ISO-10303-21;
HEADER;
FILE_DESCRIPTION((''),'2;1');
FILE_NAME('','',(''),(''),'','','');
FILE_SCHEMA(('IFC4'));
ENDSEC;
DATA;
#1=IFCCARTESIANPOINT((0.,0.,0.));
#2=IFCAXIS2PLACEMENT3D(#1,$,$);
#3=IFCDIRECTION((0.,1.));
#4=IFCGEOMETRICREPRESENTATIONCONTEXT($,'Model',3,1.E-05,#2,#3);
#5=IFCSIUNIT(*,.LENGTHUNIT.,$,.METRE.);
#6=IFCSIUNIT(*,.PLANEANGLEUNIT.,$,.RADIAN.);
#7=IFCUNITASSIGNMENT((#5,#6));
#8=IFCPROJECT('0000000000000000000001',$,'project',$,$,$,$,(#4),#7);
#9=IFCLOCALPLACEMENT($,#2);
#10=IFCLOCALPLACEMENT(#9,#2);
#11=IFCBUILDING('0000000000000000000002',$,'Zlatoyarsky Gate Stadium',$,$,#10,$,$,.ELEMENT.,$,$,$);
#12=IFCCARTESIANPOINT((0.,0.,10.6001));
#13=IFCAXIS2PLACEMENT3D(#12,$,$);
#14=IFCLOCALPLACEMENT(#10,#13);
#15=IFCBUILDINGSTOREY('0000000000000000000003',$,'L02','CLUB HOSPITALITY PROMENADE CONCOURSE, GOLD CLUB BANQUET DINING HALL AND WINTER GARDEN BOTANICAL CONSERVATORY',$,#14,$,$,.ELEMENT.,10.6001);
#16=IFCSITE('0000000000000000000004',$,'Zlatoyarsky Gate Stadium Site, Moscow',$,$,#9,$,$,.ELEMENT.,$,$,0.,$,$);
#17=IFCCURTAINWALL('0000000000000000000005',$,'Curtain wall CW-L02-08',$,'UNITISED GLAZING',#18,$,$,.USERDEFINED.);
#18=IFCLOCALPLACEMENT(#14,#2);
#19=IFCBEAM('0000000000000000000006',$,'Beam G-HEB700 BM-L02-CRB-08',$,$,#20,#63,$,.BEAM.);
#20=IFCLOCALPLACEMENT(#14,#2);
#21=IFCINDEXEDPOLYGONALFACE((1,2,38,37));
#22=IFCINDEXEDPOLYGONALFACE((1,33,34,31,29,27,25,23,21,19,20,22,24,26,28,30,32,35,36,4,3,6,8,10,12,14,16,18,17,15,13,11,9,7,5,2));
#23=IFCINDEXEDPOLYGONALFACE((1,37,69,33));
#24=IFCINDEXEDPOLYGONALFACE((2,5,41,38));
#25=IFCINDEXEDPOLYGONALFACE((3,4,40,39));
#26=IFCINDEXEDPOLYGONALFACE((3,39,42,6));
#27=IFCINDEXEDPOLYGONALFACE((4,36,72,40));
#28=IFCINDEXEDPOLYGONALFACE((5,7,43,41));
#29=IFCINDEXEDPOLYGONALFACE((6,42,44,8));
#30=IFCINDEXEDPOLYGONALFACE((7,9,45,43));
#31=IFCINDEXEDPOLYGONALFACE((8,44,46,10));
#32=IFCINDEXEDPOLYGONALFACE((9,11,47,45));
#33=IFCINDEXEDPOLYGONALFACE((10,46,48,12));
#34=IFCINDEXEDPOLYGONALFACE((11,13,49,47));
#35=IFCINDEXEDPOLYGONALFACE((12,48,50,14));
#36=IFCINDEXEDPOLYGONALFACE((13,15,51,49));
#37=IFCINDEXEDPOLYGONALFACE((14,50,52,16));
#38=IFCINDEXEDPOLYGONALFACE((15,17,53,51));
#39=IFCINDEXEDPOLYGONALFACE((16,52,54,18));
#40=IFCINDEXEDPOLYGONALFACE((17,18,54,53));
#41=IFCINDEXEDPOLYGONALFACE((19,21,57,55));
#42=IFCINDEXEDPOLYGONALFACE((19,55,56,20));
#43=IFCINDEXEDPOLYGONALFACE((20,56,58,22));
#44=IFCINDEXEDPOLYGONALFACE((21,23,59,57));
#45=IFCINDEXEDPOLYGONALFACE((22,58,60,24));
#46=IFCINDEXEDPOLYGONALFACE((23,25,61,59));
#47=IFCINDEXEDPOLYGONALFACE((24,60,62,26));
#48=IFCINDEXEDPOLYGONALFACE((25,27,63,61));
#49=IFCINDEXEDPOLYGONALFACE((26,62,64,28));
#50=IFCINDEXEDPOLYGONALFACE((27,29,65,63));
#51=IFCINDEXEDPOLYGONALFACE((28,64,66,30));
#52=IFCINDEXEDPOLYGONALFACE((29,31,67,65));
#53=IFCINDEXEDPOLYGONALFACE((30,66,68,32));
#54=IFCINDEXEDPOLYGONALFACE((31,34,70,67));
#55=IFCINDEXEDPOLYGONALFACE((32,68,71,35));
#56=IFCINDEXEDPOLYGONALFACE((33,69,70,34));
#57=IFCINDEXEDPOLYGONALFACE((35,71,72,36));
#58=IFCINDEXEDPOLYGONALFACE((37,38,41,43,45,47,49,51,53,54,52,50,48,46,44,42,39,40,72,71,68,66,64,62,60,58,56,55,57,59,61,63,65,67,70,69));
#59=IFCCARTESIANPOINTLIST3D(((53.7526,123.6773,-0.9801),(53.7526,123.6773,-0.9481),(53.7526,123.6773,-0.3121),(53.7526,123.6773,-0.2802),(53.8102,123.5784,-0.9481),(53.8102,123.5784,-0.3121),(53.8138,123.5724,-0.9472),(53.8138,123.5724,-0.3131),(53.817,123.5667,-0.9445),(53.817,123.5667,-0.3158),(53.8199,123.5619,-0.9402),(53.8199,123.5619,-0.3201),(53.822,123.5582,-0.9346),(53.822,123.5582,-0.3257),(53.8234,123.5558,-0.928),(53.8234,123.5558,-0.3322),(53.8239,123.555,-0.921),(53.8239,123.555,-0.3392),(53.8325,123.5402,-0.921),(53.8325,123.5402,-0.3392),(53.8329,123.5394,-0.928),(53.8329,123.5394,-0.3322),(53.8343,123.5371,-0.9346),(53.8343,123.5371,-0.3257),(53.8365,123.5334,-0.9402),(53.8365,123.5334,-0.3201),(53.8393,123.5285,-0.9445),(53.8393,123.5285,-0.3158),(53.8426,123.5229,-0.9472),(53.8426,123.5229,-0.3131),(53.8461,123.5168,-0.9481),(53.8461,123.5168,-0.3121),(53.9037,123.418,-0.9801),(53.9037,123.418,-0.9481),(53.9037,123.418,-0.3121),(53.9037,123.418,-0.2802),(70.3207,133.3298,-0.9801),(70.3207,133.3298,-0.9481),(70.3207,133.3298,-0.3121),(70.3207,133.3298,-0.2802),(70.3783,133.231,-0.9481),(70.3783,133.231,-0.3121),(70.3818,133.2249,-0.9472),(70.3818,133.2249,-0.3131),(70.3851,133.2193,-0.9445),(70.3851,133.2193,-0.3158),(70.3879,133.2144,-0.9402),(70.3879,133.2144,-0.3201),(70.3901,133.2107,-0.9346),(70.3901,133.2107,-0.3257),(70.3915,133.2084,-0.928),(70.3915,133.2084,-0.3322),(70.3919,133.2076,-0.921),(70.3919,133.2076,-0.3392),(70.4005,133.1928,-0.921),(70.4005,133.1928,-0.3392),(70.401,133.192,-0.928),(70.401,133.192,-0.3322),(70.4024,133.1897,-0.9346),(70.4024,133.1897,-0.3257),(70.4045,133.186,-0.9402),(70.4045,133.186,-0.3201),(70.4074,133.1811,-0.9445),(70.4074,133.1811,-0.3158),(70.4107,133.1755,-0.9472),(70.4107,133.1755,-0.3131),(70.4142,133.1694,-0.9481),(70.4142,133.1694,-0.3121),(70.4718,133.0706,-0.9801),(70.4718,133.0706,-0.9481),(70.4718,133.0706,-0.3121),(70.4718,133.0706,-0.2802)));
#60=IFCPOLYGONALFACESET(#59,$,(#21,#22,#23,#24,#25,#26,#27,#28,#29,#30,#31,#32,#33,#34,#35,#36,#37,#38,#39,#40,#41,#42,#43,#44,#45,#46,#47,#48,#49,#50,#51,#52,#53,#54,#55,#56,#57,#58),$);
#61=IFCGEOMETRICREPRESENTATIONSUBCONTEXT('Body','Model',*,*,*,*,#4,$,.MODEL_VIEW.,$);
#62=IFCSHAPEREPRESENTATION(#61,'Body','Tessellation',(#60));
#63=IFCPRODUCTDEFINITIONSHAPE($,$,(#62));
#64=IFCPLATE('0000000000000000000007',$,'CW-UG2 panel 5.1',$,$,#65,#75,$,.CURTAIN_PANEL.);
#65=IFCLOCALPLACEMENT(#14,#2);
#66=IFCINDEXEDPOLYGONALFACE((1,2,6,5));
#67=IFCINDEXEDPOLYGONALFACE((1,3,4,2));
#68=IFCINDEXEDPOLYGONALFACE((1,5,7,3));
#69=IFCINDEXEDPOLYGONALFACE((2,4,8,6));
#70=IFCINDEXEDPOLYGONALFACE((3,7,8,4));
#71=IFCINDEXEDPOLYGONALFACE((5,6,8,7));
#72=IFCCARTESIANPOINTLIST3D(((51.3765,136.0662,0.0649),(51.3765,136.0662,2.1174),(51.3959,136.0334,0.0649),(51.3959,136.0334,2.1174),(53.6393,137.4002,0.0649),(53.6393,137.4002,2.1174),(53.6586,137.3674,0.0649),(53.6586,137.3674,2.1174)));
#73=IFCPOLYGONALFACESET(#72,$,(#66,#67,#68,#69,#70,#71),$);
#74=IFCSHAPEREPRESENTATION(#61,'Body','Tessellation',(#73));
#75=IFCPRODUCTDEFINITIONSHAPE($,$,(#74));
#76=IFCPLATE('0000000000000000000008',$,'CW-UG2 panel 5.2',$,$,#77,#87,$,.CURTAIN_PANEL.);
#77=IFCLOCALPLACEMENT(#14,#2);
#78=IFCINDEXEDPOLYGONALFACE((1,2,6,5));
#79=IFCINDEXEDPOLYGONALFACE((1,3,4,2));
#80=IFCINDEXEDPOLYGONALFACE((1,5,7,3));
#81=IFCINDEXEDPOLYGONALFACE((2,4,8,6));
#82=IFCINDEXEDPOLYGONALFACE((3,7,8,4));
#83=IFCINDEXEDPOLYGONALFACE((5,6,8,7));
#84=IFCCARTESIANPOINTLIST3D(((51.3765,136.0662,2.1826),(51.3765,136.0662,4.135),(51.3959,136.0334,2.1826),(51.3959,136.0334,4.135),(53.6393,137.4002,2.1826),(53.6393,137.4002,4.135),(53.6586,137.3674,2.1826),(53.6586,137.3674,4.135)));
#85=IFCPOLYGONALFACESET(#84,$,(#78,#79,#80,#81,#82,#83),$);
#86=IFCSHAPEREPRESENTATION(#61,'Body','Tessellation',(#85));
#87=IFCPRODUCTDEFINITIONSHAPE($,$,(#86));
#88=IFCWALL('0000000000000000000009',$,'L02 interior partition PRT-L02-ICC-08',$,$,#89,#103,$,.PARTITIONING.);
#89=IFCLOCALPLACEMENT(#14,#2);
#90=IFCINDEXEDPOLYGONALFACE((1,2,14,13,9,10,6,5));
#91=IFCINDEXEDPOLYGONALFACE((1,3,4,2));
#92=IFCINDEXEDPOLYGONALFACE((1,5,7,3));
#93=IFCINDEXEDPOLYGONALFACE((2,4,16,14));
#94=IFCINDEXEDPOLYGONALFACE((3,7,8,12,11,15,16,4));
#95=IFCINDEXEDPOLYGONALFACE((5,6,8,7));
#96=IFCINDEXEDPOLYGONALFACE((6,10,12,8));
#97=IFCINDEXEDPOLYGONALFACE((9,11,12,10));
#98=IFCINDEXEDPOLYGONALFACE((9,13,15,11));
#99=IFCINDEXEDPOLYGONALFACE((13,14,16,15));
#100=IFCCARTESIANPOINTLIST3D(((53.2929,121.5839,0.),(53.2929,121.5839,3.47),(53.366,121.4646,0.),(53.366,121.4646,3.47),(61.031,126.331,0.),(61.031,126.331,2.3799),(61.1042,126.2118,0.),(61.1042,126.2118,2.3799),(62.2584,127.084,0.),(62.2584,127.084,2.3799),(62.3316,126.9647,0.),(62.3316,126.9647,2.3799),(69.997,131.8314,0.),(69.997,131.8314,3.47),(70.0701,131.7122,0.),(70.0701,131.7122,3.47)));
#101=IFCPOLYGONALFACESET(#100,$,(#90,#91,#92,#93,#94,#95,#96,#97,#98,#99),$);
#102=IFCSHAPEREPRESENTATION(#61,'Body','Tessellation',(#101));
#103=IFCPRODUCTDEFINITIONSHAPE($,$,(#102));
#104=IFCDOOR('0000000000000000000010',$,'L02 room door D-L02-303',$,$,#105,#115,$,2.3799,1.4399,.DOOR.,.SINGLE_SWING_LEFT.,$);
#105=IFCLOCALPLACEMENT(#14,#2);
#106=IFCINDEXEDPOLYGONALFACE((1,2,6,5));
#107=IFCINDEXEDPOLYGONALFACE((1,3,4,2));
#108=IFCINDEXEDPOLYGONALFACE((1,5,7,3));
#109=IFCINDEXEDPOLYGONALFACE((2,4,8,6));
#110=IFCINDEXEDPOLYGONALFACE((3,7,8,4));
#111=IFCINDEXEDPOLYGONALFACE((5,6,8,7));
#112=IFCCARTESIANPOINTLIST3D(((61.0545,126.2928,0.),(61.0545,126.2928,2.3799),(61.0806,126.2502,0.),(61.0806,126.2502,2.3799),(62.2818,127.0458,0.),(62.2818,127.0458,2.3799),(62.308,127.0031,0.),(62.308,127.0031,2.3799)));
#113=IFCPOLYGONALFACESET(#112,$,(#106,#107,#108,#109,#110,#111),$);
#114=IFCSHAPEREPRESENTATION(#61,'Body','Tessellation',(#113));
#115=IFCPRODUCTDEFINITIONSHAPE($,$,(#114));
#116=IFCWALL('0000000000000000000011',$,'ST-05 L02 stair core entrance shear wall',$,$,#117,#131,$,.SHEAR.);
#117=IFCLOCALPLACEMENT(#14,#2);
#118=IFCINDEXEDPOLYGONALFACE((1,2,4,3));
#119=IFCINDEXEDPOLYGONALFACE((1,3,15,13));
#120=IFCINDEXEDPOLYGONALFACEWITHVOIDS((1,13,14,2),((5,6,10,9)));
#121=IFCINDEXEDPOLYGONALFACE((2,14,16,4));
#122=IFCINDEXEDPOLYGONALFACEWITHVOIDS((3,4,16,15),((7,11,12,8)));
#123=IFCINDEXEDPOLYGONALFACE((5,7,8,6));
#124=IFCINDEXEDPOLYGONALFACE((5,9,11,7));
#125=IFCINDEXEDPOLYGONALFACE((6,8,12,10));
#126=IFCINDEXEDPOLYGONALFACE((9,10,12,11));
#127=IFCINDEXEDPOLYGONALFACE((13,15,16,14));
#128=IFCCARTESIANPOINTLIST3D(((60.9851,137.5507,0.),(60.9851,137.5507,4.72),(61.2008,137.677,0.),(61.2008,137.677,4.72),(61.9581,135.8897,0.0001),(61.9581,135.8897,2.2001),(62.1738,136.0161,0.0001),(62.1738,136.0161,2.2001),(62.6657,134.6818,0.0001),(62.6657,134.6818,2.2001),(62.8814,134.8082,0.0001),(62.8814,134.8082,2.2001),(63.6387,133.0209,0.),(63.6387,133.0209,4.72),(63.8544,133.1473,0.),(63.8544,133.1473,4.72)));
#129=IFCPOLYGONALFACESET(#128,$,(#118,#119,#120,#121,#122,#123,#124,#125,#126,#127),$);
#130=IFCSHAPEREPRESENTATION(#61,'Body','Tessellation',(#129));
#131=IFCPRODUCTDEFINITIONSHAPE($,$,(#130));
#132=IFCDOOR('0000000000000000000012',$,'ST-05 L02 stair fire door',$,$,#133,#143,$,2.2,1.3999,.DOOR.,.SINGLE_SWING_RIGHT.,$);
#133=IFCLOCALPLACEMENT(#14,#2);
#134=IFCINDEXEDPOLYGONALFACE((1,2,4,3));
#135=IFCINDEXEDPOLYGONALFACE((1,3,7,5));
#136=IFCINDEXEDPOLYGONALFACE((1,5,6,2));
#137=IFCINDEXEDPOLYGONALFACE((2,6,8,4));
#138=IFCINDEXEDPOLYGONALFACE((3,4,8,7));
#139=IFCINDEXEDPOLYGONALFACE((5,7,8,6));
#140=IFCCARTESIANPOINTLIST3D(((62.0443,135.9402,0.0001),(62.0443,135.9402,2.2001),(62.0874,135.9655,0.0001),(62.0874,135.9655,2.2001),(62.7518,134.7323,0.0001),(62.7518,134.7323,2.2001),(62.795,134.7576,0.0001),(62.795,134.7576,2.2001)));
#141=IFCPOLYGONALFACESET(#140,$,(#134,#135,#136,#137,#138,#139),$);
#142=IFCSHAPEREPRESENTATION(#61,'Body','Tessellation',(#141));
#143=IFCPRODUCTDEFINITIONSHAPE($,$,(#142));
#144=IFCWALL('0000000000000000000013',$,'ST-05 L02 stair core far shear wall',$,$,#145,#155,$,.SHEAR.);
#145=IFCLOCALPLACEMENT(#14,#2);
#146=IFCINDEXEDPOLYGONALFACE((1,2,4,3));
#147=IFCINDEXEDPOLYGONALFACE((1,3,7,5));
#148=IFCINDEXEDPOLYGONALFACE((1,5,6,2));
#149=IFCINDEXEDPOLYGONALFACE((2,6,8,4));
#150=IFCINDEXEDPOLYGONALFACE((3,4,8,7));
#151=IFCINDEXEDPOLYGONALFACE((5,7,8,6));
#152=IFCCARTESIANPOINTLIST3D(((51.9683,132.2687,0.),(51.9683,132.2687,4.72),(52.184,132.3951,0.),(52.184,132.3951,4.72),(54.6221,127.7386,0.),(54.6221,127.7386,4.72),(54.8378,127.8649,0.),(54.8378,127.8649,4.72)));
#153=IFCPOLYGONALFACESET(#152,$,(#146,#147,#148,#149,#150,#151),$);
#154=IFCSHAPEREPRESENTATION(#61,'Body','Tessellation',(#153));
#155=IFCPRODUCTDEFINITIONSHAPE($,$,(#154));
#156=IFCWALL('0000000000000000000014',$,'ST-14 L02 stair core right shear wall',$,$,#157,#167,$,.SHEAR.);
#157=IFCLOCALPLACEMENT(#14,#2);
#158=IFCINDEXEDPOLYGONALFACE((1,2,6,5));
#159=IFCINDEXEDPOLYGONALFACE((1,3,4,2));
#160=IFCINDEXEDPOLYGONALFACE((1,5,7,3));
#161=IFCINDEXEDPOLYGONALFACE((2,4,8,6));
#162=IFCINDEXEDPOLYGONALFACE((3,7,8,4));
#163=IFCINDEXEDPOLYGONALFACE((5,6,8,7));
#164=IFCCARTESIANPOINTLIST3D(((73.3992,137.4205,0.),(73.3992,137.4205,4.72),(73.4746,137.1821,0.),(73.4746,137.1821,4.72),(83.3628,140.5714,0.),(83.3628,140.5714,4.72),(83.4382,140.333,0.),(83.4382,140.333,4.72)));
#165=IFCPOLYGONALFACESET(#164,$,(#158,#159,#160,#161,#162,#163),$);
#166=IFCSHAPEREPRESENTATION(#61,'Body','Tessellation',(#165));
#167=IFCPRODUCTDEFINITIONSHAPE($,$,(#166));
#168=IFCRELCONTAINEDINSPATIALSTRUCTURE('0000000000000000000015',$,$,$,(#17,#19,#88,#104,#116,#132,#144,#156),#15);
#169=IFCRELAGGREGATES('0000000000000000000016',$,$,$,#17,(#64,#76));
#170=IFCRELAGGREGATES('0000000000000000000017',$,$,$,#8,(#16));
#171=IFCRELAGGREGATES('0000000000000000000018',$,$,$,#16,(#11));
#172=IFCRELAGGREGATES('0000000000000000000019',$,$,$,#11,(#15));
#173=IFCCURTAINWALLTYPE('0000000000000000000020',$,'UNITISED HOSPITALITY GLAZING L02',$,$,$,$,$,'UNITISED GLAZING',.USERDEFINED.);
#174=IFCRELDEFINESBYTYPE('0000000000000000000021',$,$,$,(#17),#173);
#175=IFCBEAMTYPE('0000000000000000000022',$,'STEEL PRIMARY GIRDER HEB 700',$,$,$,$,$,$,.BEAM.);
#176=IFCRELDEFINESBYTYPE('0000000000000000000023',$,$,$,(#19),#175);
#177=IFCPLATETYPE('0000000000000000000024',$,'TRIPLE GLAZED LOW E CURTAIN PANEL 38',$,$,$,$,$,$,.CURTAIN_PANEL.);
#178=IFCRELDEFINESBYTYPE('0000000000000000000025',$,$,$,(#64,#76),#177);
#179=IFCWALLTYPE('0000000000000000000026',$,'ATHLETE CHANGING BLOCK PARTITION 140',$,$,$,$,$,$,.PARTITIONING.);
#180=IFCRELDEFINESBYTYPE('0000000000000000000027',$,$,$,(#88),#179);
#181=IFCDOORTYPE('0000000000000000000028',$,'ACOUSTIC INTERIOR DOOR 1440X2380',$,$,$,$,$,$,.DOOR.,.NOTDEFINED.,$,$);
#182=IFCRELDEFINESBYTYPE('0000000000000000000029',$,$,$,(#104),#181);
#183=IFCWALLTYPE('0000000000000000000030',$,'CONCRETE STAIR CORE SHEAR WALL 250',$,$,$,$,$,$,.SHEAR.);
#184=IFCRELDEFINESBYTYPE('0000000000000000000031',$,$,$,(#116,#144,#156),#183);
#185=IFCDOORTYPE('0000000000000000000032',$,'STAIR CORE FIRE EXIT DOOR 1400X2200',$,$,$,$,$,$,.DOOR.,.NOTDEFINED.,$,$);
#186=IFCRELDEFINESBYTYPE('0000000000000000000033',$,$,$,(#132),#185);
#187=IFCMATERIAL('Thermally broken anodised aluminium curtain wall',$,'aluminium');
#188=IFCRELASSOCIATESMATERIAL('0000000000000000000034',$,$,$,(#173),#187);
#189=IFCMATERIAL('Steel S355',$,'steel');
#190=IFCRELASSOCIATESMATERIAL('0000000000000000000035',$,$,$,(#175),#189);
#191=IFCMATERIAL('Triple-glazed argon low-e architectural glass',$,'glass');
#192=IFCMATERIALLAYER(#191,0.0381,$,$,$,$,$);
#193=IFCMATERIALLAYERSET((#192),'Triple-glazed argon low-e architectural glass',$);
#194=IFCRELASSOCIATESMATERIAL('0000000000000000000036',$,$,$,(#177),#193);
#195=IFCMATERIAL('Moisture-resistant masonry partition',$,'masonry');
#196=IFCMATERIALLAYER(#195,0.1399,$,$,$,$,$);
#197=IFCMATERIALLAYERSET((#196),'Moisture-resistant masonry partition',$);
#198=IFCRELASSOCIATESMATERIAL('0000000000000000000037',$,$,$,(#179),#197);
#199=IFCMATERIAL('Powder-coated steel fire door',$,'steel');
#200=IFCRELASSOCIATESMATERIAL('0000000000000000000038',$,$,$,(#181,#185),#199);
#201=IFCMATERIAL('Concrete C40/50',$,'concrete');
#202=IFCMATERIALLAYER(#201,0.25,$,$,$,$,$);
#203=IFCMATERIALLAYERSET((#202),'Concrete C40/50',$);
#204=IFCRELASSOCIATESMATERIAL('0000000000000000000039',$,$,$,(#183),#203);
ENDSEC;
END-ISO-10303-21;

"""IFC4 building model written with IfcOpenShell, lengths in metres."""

from ifc_helpers import new_model, si_unit, direction, frame, frame_2d, origin, origin_2d, place, context, subcontext, project, spatial, rectangle, i_section, extrude, material, layer, layer_set, material_profile, profile_set, type_object, element, fill, aggregate, save


model = new_model("IFC4")

# Units and contexts
model_context = context("Model", 3, precision=1e-05, world=origin(), true_north=direction((0.0, 1.0)))
body_context = subcontext(model_context, "Body", "Model", "MODEL_VIEW")
ifc_project = project(units=[si_unit("LENGTHUNIT", "METRE"), si_unit("PLANEANGLEUNIT", "RADIAN")], contexts=[model_context])

# Site, building, storey
site_placement = place(None, origin())
site = spatial("IfcSite", under=ifc_project, at=site_placement, Name="Zlatoyarsky Gate Stadium Site, Moscow", CompositionType="ELEMENT", RefElevation=0.0)
building_placement = place(site_placement, origin())
building = spatial("IfcBuilding", under=site, at=building_placement, Name="Zlatoyarsky Gate Stadium", CompositionType="ELEMENT")
storey_placement = place(building_placement, frame((0.0, 0.0, 10.6001)))
storey = spatial("IfcBuildingStorey", under=building, at=storey_placement, Name="L02", Description="CLUB HOSPITALITY PROMENADE CONCOURSE, GOLD CLUB BANQUET DINING HALL AND WINTER GARDEN BOTANICAL CONSERVATORY", CompositionType="ELEMENT", Elevation=10.6001)

# Shared definitions
ifc_material_1 = material(Name="Concrete C40/50", Category="concrete")

# Curtain wall
ifc_material_2 = material(Name="Thermally broken anodised aluminium curtain wall", Category="aluminium")
curtain_wall_type = type_object("IfcCurtainWallType", Name="UNITISED HOSPITALITY GLAZING L02", ElementType="UNITISED GLAZING", PredefinedType="USERDEFINED", material=ifc_material_2)
curtain_wall_placement = place(storey_placement, origin())
curtain_wall = element("IfcCurtainWall", 1, at=curtain_wall_placement, inside=storey, type_object=curtain_wall_type, Name="Curtain wall CW-L02-08", ObjectType="UNITISED GLAZING", PredefinedType="USERDEFINED")

# Beam
ifc_material_3 = material(Name="Steel S355", Category="steel")
ifc_material_profile_1 = material_profile(ifc_material_3, i_section(OverallWidth=0.3, OverallDepth=0.7, WebThickness=0.0171, FlangeThickness=0.032, FilletRadius=0.0271, at=origin_2d()), Name="HEB 700")
ifc_profile_set_1 = profile_set([ifc_material_profile_1], Name="Steel S355")
beam_type_1 = type_object("IfcBeamType", Name="STEEL PRIMARY GIRDER HEB 700", PredefinedType="BEAM", material=ifc_profile_set_1)
beam_1_placement = place(storey_placement, frame((70.3962, 133.2002, -0.6301), z_axis=(-0.864054, -0.503398, 0.0), x_axis=(0.503398, -0.864054, 0.0)))
element("IfcBeam", 2, at=beam_1_placement, inside=storey, type_object=beam_type_1, Name="Beam G-HEB700 BM-L02-CRB-08", PredefinedType="BEAM", context=body_context, shape_type="SweptSolid", body=[
    extrude(i_section(OverallWidth=0.3, OverallDepth=0.7, WebThickness=0.0171, FlangeThickness=0.032, FilletRadius=0.0271, at=origin_2d()), origin(), (0.0, 0.0, 1.0), 19.1748),
])

# Plates
ifc_material_4 = material(Name="Triple-glazed argon low-e architectural glass", Category="glass")
ifc_layer_1 = layer(ifc_material_4, 0.0381)
ifc_layer_set_1 = layer_set([ifc_layer_1], Name="Triple-glazed argon low-e architectural glass")
plate_type = type_object("IfcPlateType", Name="TRIPLE GLAZED LOW E CURTAIN PANEL 38", PredefinedType="CURTAIN_PANEL", material=ifc_layer_set_1)
plate_1_placement = place(storey_placement, frame((52.5176, 136.7168, 0.0649), z_axis=(0.0, 0.0, 1.0), x_axis=(-0.861426, -0.507882, 0.0)))
plate_1 = element("IfcPlate", 3, at=plate_1_placement, type_object=plate_type, Name="CW-UG2 panel 5.1", PredefinedType="CURTAIN_PANEL", context=body_context, shape_type="SweptSolid", body=[
    extrude(rectangle(XDim=2.6267, YDim=0.0381, at=origin_2d()), origin(), (0.0, 0.0, 1.0), 2.0525),
])
plate_2_placement = place(storey_placement, frame((52.5176, 136.7168, 2.1826), z_axis=(0.0, 0.0, 1.0), x_axis=(-0.861426, -0.507882, 0.0)))
plate_2 = element("IfcPlate", 4, at=plate_2_placement, type_object=plate_type, Name="CW-UG2 panel 5.2", PredefinedType="CURTAIN_PANEL", context=body_context, shape_type="SweptSolid", body=[
    extrude(rectangle(XDim=2.6267, YDim=0.0381, at=origin_2d()), origin(), (0.0, 0.0, 1.0), 1.9524),
])
aggregate(curtain_wall, [plate_1, plate_2])

# Walls, openings, doors
ifc_material_5 = material(Name="Moisture-resistant masonry partition", Category="masonry")
ifc_layer_2 = layer(ifc_material_5, 0.1399)
ifc_layer_set_2 = layer_set([ifc_layer_2], Name="Moisture-resistant masonry partition")
wall_type_1 = type_object("IfcWallType", Name="ATHLETE CHANGING BLOCK PARTITION 140", PredefinedType="PARTITIONING", material=ifc_layer_set_2)
wall_1_placement = place(storey_placement, frame((70.0334, 131.7717, 0.0), z_axis=(0.0, 0.0, 1.0), x_axis=(-0.852384, -0.522917, 0.0)))
wall_1 = element("IfcWall", 5, at=wall_1_placement, inside=storey, type_object=wall_type_1, Name="L02 interior partition PRT-L02-ICC-08", PredefinedType="PARTITIONING", context=body_context, shape_type="SweptSolid", body=[
    extrude(rectangle(XDim=19.5969, YDim=0.1399, at=frame_2d((9.7983, 0.0))), origin(), (0.0, 0.0, 1.0), 3.47),
])
opening_1_placement = place(wall_1_placement, frame((9.0786, 0.0, 0.0)))
opening_1 = element("IfcOpeningElement", 6, at=opening_1_placement, cuts=wall_1, PredefinedType="OPENING", context=body_context, shape_type="SweptSolid", body=[
    extrude(rectangle(XDim=1.4399, YDim=2.3799, at=frame_2d((0.72, 1.1899))), frame((0.0, 0.0798, 0.0), z_axis=(0.0, -1.0, 0.0), x_axis=(1.0, 0.0, 0.0)), (0.0, 0.0, 1.0), 0.1599),
])
ifc_material_6 = material(Name="Powder-coated steel fire door", Category="steel")
door_type_1 = type_object("IfcDoorType", Name="ACOUSTIC INTERIOR DOOR 1440X2380", OperationType="NOTDEFINED", PredefinedType="DOOR", material=ifc_material_6)
door_1_placement = place(opening_1_placement, origin())
door_1 = element("IfcDoor", 7, at=door_1_placement, inside=storey, type_object=door_type_1, Name="L02 room door D-L02-303", OperationType="SINGLE_SWING_LEFT", OverallHeight=2.3799, OverallWidth=1.4399, PredefinedType="DOOR", context=body_context, shape_type="SweptSolid", body=[
    extrude(rectangle(XDim=1.4399, YDim=2.3799, at=frame_2d((0.72, 1.1899))), frame((0.0, 0.0249, 0.0), z_axis=(0.0, -1.0, 0.0), x_axis=(1.0, 0.0, 0.0)), (0.0, 0.0, 1.0), 0.05),
])
fill(opening_1, door_1)
ifc_layer_3 = layer(ifc_material_1, 0.25)
ifc_layer_set_3 = layer_set([ifc_layer_3], Name="Concrete C40/50")
wall_type_2 = type_object("IfcWallType", Name="CONCRETE STAIR CORE SHEAR WALL 250", PredefinedType="SHEAR", material=ifc_layer_set_3)
wall_2_placement = place(storey_placement, frame((63.7466, 133.084, 0.0), z_axis=(0.0, 0.0, 1.0), x_axis=(-0.50546, 0.86285, 0.0)))
wall_2 = element("IfcWall", 8, at=wall_2_placement, inside=storey, type_object=wall_type_2, Name="ST-05 L02 stair core entrance shear wall", PredefinedType="SHEAR", context=body_context, shape_type="SweptSolid", body=[
    extrude(rectangle(XDim=5.2498, YDim=0.25, at=frame_2d((2.625, 0.0))), origin(), (0.0, 0.0, 1.0), 4.72),
])
opening_2_placement = place(wall_2_placement, frame((1.925, 0.0, 0.0)))
opening_2 = element("IfcOpeningElement", 9, at=opening_2_placement, cuts=wall_2, PredefinedType="OPENING", context=body_context, shape_type="SweptSolid", body=[
    extrude(rectangle(XDim=1.3999, YDim=2.2, at=frame_2d((0.7, 1.1001))), frame((0.0, 0.135, 0.0), z_axis=(0.0, -1.0, 0.0), x_axis=(1.0, 0.0, 0.0)), (0.0, 0.0, 1.0), 0.27),
])
door_type_2 = type_object("IfcDoorType", Name="STAIR CORE FIRE EXIT DOOR 1400X2200", OperationType="NOTDEFINED", PredefinedType="DOOR", material=ifc_material_6)
door_2_placement = place(opening_2_placement, frame((1.3999, 0.0, 0.0), z_axis=(0.0, 0.0, 1.0), x_axis=(-1.0, 0.0, 0.0)))
door_2 = element("IfcDoor", 10, at=door_2_placement, inside=storey, type_object=door_type_2, Name="ST-05 L02 stair fire door", OperationType="SINGLE_SWING_RIGHT", OverallHeight=2.2, OverallWidth=1.3999, PredefinedType="DOOR", context=body_context, shape_type="SweptSolid", body=[
    extrude(rectangle(XDim=1.3999, YDim=2.2, at=frame_2d((0.7, 1.1001))), frame((0.0, 0.0249, 0.0), z_axis=(0.0, -1.0, 0.0), x_axis=(1.0, 0.0, 0.0)), (0.0, 0.0, 1.0), 0.05),
])
fill(opening_2, door_2)

# Walls
wall_3_placement = place(storey_placement, frame((52.0762, 132.3318, 0.0), z_axis=(0.0, 0.0, 1.0), x_axis=(0.505475, -0.862841, 0.0)))
element("IfcWall", 11, at=wall_3_placement, inside=storey, type_object=wall_type_2, Name="ST-05 L02 stair core far shear wall", PredefinedType="SHEAR", context=body_context, shape_type="SweptSolid", body=[
    extrude(rectangle(XDim=5.2502, YDim=0.25, at=frame_2d((2.625, 0.0))), origin(), (0.0, 0.0, 1.0), 4.72),
])
wall_4_placement = place(storey_placement, frame((73.4368, 137.3013, 0.0), z_axis=(0.0, 0.0, 1.0), x_axis=(0.95346, 0.30152, 0.0)))
element("IfcWall", 12, at=wall_4_placement, inside=storey, type_object=wall_type_2, Name="ST-14 L02 stair core right shear wall", PredefinedType="SHEAR", context=body_context, shape_type="SweptSolid", body=[
    extrude(rectangle(XDim=10.45, YDim=0.25, at=frame_2d((5.2251, 0.0))), origin(), (0.0, 0.0, 1.0), 4.72),
])

save(model, "model.ifc")
